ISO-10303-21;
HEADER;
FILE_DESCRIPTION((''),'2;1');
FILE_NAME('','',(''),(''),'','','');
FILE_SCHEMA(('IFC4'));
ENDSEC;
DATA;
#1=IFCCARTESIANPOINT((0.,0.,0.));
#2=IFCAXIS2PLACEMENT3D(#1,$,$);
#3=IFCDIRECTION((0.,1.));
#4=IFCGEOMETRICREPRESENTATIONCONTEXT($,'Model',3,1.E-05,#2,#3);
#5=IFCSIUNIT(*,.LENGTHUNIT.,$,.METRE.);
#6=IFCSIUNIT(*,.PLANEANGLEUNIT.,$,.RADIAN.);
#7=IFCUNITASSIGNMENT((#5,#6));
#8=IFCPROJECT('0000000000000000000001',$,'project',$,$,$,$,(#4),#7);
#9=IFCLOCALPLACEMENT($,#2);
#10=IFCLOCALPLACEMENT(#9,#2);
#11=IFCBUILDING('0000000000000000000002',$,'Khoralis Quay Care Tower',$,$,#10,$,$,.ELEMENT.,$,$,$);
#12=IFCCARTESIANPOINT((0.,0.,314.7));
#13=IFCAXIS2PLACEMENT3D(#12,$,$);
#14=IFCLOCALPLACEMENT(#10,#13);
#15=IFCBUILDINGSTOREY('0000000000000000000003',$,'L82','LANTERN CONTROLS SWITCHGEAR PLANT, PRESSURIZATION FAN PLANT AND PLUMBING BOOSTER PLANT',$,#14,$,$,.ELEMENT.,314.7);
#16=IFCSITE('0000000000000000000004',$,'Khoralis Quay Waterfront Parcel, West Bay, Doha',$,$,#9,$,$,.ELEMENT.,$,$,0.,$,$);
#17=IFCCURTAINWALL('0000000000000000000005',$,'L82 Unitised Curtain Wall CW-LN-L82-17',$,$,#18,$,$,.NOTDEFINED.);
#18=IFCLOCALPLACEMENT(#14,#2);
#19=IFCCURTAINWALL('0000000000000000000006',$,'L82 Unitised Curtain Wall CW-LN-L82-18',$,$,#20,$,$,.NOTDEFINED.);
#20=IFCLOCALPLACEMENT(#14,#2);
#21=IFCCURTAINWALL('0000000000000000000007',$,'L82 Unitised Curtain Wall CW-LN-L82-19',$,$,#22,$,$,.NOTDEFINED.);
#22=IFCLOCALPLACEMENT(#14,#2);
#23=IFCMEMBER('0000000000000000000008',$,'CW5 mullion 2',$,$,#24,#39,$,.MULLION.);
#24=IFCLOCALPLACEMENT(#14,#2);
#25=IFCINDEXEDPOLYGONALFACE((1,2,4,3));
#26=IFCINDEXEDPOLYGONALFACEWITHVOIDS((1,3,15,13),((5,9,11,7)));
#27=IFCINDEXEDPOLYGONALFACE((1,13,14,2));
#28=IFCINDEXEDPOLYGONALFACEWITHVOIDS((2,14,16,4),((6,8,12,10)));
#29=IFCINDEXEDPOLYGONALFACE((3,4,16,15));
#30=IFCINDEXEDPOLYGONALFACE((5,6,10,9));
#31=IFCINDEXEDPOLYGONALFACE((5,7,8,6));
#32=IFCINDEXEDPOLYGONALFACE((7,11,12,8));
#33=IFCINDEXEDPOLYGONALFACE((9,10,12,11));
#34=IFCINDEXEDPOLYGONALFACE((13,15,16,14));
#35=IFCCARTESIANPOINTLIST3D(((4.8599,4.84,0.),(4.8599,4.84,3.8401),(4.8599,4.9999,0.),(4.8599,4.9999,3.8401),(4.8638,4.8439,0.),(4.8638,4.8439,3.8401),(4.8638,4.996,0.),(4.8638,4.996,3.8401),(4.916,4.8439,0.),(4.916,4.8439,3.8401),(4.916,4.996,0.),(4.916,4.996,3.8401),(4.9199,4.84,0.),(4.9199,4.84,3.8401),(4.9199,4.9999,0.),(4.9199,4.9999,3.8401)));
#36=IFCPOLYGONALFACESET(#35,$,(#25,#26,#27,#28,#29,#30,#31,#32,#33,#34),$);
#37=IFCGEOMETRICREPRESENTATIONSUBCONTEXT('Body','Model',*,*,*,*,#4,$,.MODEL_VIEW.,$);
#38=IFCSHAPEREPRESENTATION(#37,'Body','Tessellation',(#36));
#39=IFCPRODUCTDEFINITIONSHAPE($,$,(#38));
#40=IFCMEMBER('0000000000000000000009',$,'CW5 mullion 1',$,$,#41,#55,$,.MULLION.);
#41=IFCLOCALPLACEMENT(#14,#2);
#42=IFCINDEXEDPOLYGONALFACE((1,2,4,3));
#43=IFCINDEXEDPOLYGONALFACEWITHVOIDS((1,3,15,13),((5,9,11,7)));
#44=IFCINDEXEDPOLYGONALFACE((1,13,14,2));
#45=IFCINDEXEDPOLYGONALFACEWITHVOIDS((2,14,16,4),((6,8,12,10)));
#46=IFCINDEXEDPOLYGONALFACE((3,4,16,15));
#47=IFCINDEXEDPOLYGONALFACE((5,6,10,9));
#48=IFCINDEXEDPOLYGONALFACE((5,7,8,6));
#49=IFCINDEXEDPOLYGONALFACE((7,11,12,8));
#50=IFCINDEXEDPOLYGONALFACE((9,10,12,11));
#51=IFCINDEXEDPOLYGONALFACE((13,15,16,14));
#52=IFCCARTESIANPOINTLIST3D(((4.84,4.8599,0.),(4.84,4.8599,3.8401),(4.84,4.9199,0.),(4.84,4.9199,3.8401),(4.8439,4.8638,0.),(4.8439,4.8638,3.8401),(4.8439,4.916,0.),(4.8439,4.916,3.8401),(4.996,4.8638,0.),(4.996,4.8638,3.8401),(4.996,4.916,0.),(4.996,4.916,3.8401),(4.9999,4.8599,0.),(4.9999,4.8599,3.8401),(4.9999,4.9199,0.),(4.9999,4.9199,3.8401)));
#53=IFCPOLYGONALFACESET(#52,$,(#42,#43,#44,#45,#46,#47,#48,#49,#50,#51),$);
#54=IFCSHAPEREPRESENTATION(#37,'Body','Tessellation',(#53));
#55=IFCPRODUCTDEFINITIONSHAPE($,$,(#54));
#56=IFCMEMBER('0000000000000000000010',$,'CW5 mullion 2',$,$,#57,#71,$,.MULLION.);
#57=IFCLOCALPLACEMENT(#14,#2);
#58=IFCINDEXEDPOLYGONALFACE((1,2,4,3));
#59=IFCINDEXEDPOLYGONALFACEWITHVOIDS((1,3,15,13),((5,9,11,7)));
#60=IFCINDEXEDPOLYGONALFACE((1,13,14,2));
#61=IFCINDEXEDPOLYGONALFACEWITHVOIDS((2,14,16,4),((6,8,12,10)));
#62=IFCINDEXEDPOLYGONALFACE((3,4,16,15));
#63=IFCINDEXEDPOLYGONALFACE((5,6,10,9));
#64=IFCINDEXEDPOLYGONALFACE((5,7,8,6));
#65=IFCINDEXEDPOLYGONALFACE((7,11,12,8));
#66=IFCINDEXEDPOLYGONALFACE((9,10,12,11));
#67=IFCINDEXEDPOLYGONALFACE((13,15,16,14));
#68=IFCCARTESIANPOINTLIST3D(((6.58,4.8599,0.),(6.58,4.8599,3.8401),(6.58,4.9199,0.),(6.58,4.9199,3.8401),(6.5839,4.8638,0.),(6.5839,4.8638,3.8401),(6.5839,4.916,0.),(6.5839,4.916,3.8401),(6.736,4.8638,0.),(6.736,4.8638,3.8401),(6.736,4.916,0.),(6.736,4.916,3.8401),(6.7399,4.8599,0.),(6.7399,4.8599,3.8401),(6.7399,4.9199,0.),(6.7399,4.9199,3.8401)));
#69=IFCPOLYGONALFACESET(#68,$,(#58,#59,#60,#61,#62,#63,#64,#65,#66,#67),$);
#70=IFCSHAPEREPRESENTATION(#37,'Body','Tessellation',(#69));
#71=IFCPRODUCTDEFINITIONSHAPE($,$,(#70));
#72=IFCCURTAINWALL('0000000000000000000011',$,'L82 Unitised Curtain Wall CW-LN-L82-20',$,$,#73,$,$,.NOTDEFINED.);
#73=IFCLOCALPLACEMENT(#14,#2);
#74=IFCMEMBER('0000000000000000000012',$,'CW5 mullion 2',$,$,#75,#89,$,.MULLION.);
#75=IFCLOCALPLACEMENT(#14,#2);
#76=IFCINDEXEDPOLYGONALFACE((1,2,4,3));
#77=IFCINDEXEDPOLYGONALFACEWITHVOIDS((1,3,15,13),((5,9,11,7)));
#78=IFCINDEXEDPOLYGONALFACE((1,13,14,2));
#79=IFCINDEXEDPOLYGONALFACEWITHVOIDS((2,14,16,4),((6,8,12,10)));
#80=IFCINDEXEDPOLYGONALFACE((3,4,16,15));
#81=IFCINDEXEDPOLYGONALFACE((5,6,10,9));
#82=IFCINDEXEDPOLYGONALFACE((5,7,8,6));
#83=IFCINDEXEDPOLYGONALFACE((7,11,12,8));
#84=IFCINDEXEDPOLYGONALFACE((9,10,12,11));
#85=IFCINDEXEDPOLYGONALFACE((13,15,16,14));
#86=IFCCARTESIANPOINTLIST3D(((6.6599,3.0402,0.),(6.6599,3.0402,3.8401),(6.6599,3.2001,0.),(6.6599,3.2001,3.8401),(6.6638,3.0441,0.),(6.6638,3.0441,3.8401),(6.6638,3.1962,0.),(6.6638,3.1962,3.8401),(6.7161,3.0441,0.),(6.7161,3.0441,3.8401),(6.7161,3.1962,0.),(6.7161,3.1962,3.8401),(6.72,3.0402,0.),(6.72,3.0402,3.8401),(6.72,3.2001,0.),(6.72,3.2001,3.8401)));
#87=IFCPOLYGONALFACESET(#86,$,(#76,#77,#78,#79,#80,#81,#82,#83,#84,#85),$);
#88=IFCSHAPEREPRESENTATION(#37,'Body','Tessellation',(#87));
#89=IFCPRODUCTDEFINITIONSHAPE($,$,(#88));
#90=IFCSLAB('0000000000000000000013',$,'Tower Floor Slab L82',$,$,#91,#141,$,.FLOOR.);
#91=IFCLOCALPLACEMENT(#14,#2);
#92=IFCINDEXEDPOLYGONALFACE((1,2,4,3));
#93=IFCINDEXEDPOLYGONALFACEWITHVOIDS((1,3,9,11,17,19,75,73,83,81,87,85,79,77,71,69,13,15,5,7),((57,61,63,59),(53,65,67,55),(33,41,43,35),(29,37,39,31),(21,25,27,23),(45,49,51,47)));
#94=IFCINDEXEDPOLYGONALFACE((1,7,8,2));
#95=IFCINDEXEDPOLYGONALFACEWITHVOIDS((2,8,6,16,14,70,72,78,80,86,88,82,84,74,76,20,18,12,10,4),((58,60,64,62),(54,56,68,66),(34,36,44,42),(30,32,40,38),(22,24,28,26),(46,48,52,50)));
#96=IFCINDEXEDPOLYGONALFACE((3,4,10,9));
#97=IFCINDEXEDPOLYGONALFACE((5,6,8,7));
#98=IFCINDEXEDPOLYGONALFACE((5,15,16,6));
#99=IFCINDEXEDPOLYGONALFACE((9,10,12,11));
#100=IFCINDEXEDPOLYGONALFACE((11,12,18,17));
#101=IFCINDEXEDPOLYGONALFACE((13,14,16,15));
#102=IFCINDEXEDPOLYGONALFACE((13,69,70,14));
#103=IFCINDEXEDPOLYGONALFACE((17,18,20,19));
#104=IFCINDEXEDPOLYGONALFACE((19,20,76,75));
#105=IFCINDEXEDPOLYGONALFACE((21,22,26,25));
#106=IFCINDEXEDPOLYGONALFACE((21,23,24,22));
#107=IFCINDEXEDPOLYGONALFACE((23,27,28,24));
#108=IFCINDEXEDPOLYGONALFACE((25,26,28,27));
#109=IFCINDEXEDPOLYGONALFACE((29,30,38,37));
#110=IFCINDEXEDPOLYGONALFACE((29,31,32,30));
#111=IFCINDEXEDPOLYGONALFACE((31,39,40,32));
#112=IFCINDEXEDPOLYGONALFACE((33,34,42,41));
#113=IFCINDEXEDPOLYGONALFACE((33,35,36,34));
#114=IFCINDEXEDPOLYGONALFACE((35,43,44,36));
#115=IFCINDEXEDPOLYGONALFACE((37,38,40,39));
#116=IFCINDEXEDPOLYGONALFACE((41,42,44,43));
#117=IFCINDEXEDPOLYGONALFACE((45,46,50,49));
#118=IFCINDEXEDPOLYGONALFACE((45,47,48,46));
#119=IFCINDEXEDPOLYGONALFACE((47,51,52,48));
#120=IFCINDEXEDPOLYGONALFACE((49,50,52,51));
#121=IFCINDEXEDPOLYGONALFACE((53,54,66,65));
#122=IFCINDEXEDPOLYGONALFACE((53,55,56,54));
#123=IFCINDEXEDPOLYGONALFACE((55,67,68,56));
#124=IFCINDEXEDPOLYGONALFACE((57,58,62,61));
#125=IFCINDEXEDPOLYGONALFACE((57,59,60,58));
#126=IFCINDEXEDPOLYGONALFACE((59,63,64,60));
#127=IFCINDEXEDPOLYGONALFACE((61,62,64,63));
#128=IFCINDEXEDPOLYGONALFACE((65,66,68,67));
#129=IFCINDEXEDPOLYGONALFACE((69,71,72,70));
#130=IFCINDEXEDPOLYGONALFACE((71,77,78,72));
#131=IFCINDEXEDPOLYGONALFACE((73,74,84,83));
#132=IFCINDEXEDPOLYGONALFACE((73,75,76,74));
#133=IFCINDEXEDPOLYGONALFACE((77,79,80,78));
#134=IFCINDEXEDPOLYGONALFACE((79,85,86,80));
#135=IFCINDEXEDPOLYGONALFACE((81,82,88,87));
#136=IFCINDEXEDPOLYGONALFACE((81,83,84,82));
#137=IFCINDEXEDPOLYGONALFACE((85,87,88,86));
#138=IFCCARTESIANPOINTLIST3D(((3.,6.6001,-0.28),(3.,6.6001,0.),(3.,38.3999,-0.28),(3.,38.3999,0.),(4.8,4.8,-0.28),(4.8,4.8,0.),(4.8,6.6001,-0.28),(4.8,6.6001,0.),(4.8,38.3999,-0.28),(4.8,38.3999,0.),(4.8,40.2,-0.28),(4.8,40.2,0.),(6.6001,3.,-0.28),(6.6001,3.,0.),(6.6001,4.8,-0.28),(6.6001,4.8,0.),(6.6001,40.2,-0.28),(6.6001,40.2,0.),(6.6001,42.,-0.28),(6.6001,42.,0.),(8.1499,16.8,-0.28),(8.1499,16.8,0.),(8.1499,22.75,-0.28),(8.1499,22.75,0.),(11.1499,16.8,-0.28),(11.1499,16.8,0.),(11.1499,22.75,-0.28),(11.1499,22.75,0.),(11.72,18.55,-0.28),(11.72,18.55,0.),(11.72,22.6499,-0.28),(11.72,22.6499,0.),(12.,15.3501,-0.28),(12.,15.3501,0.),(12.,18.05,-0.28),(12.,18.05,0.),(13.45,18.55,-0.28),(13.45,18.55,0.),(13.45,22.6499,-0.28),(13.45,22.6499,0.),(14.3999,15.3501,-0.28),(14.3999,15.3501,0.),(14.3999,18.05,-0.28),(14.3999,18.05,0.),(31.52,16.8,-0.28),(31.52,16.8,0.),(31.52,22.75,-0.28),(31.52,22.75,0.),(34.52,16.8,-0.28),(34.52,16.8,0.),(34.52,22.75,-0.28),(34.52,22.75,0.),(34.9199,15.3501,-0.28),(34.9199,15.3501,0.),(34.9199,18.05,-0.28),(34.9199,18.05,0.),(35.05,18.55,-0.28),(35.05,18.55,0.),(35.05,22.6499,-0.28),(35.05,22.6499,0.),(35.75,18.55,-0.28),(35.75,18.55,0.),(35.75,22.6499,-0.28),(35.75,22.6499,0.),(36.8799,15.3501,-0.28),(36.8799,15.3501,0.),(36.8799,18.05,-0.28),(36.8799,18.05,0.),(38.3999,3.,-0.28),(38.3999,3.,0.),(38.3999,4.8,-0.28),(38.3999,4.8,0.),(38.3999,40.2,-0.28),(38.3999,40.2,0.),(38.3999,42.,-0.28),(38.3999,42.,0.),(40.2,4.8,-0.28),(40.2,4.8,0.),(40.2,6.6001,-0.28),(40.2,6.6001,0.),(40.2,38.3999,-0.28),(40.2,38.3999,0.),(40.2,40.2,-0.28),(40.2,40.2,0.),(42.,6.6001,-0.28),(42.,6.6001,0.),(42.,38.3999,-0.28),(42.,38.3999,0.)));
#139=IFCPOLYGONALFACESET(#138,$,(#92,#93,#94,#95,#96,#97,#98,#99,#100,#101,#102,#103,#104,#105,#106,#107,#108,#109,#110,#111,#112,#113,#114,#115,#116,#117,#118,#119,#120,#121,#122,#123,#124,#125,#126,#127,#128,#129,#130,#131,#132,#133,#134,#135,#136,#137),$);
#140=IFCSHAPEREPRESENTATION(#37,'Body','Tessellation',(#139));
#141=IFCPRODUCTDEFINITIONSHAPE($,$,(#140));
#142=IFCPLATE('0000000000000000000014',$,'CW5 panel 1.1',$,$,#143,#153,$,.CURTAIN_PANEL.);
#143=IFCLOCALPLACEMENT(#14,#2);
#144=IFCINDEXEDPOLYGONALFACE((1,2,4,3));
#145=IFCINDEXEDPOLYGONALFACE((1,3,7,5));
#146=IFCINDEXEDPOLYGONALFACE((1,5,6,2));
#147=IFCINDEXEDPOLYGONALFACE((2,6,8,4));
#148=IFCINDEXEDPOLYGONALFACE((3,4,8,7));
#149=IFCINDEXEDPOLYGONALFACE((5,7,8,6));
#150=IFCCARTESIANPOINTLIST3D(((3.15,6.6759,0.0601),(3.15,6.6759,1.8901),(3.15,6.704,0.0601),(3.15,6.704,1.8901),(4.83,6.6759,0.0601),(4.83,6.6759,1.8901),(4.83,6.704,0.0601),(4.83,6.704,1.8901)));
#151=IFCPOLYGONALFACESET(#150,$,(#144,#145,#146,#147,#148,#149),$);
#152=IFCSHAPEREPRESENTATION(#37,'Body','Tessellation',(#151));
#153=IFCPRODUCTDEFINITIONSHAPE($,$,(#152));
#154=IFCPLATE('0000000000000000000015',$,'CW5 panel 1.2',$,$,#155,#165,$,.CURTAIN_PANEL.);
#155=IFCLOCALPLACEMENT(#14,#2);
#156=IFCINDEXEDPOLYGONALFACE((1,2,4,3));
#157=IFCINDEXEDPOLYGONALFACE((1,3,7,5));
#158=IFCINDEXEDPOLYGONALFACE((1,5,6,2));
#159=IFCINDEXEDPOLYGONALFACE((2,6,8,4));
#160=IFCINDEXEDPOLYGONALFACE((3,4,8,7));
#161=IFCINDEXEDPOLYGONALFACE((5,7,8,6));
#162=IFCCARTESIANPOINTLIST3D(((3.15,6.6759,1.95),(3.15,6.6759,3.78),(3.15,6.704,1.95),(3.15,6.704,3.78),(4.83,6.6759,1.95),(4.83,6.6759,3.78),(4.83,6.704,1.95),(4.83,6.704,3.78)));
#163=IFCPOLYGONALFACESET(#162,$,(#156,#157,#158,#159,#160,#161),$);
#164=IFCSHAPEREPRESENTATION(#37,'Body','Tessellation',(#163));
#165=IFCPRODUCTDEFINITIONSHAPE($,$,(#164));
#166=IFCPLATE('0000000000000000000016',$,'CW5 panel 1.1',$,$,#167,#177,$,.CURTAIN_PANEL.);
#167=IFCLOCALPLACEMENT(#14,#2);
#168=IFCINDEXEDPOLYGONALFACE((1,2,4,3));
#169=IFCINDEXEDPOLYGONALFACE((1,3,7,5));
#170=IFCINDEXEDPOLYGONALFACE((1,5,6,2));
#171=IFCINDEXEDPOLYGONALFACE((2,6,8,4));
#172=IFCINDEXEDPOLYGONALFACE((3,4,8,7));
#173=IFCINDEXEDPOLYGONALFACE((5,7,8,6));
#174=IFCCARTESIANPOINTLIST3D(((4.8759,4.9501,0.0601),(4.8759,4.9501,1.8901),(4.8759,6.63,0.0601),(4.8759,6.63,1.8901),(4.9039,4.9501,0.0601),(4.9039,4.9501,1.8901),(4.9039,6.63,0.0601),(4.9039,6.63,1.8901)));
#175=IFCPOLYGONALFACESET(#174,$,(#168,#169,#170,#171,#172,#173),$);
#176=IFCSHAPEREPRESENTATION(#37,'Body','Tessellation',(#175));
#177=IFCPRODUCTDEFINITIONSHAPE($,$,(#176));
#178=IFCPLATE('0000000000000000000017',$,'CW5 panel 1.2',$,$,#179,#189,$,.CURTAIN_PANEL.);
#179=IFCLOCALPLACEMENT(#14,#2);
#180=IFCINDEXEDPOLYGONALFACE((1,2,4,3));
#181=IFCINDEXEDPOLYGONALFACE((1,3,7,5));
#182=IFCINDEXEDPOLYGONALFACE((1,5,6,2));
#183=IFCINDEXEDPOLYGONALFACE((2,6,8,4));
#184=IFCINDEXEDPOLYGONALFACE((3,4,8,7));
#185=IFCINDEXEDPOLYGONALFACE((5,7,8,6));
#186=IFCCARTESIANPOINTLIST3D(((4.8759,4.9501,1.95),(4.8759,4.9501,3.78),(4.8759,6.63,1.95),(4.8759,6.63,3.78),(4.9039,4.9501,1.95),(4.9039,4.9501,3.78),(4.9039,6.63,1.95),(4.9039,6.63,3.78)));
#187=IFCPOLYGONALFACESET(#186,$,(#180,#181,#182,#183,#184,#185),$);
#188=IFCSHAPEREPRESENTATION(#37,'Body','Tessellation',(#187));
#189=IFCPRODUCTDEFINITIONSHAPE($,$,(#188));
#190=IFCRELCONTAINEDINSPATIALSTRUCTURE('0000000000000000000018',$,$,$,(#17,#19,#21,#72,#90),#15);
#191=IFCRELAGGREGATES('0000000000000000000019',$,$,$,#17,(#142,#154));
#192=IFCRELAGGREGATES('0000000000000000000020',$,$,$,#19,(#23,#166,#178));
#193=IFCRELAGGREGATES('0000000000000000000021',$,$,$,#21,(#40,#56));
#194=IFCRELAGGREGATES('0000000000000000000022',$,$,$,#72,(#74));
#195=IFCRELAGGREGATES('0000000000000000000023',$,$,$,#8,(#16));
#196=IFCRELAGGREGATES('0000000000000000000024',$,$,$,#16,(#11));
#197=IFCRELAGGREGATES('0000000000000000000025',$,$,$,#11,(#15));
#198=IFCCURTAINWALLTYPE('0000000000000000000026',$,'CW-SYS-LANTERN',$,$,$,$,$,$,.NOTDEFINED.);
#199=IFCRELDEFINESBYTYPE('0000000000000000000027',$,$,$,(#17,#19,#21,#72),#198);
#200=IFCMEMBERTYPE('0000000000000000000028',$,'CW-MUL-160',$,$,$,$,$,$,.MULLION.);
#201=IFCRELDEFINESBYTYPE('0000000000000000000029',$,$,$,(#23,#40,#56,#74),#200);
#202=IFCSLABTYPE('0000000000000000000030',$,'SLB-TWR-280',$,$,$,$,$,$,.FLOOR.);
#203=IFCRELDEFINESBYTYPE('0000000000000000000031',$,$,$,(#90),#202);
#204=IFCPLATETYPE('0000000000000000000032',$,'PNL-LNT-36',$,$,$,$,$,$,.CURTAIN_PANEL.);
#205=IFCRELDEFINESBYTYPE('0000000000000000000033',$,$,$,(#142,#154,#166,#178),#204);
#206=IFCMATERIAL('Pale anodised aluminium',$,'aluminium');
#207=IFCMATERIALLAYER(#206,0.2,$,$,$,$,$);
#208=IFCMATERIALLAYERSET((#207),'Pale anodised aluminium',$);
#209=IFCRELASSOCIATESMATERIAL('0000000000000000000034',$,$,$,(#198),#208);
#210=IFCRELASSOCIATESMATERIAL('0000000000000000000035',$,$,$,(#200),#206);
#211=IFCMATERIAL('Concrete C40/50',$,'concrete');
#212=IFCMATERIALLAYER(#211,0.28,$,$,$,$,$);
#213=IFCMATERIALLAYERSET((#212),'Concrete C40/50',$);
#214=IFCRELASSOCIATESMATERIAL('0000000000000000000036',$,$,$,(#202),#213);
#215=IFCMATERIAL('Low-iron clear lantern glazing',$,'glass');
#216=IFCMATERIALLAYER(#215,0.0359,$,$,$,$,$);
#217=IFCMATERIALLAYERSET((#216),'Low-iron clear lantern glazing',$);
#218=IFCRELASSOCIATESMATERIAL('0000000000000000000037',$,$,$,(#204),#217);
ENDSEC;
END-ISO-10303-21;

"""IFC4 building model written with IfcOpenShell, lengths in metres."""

from ifc_helpers import new_model, si_unit, direction, frame, origin, origin_2d, place, context, subcontext, project, spatial, polyline, rectangle, hollow_rectangle, outline, extrude, source, transform, mapped, material, layer, layer_set, material_profile, profile_set, type_object, element, aggregate, save


model = new_model("IFC4")

# Units and contexts
model_context = context("Model", 3, precision=1e-05, world=origin(), true_north=direction((0.0, 1.0)))
body_context = subcontext(model_context, "Body", "Model", "MODEL_VIEW")
ifc_project = project(units=[si_unit("LENGTHUNIT", "METRE"), si_unit("PLANEANGLEUNIT", "RADIAN")], contexts=[model_context])

# Site, building, storey
site_placement = place(None, origin())
site = spatial("IfcSite", under=ifc_project, at=site_placement, Name="Khoralis Quay Waterfront Parcel, West Bay, Doha", CompositionType="ELEMENT", RefElevation=0.0)
building_placement = place(site_placement, origin())
building = spatial("IfcBuilding", under=site, at=building_placement, Name="Khoralis Quay Care Tower", CompositionType="ELEMENT")
storey_placement = place(building_placement, frame((0.0, 0.0, 314.7)))
storey = spatial("IfcBuildingStorey", under=building, at=storey_placement, Name="L82", Description="LANTERN CONTROLS SWITCHGEAR PLANT, PRESSURIZATION FAN PLANT AND PLUMBING BOOSTER PLANT", CompositionType="ELEMENT", Elevation=314.7)

# Curtain walls
ifc_material_1 = material(Name="Pale anodised aluminium", Category="aluminium")
ifc_layer_1 = layer(ifc_material_1, 0.2)
ifc_layer_set_1 = layer_set([ifc_layer_1], Name="Pale anodised aluminium")
curtain_wall_type = type_object("IfcCurtainWallType", Name="CW-SYS-LANTERN", PredefinedType="NOTDEFINED", material=ifc_layer_set_1)
curtain_wall_1_placement = place(storey_placement, origin())
curtain_wall_1 = element("IfcCurtainWall", 1, at=curtain_wall_1_placement, inside=storey, type_object=curtain_wall_type, Name="L82 Unitised Curtain Wall CW-LN-L82-17", PredefinedType="NOTDEFINED")
curtain_wall_2_placement = place(storey_placement, origin())
curtain_wall_2 = element("IfcCurtainWall", 2, at=curtain_wall_2_placement, inside=storey, type_object=curtain_wall_type, Name="L82 Unitised Curtain Wall CW-LN-L82-18", PredefinedType="NOTDEFINED")
curtain_wall_3_placement = place(storey_placement, origin())
curtain_wall_3 = element("IfcCurtainWall", 3, at=curtain_wall_3_placement, inside=storey, type_object=curtain_wall_type, Name="L82 Unitised Curtain Wall CW-LN-L82-19", PredefinedType="NOTDEFINED")

# Members
ifc_material_profile_1 = material_profile(ifc_material_1, hollow_rectangle(XDim=0.0601, YDim=0.1599, WallThickness=0.0039, at=origin_2d()), Name="Pale anodised aluminium")
ifc_profile_set_1 = profile_set([ifc_material_profile_1], Name="Pale anodised aluminium")
member_type_1 = type_object("IfcMemberType", Name="CW-MUL-160", PredefinedType="MULLION", material=ifc_profile_set_1)
shared_shape_1 = source(origin(), body_context, "Body", "SweptSolid", [
    extrude(hollow_rectangle(XDim=0.0601, YDim=0.1599, WallThickness=0.0039, at=origin_2d()), origin(), (0.0, 0.0, 1.0), 3.8401),
])
member_1_placement = place(storey_placement, frame((4.8899, 4.9199, 0.0), z_axis=(0.0, 0.0, 1.0), x_axis=(1.0, 0.0, 0.0)))
member_1 = element("IfcMember", 4, at=member_1_placement, type_object=member_type_1, Name="CW5 mullion 2", PredefinedType="MULLION", context=body_context, shape_type="MappedRepresentation", body=[
    mapped(shared_shape_1, transform((0.0, 0.0, 0.0), scale=1.0)),
])
member_2_placement = place(storey_placement, frame((4.9199, 4.8899, 0.0), z_axis=(0.0, 0.0, 1.0), x_axis=(0.0, 1.0, 0.0)))
member_2 = element("IfcMember", 5, at=member_2_placement, type_object=member_type_1, Name="CW5 mullion 1", PredefinedType="MULLION", context=body_context, shape_type="MappedRepresentation", body=[
    mapped(shared_shape_1, transform((0.0, 0.0, 0.0), scale=1.0)),
])
member_3_placement = place(storey_placement, frame((6.6599, 4.8899, 0.0), z_axis=(0.0, 0.0, 1.0), x_axis=(0.0, 1.0, 0.0)))
member_3 = element("IfcMember", 6, at=member_3_placement, type_object=member_type_1, Name="CW5 mullion 2", PredefinedType="MULLION", context=body_context, shape_type="MappedRepresentation", body=[
    mapped(shared_shape_1, transform((0.0, 0.0, 0.0), scale=1.0)),
])

# Curtain wall, member
curtain_wall_4_placement = place(storey_placement, origin())
curtain_wall_4 = element("IfcCurtainWall", 7, at=curtain_wall_4_placement, inside=storey, type_object=curtain_wall_type, Name="L82 Unitised Curtain Wall CW-LN-L82-20", PredefinedType="NOTDEFINED")
member_4_placement = place(storey_placement, frame((6.6899, 3.1201, 0.0), z_axis=(0.0, 0.0, 1.0), x_axis=(1.0, 0.0, 0.0)))
member_4 = element("IfcMember", 8, at=member_4_placement, type_object=member_type_1, Name="CW5 mullion 2", PredefinedType="MULLION", context=body_context, shape_type="MappedRepresentation", body=[
    mapped(shared_shape_1, transform((0.0, 0.0, 0.0), scale=1.0)),
])

# Slab
ifc_material_2 = material(Name="Concrete C40/50", Category="concrete")
ifc_layer_2 = layer(ifc_material_2, 0.28)
ifc_layer_set_2 = layer_set([ifc_layer_2], Name="Concrete C40/50")
slab_type = type_object("IfcSlabType", Name="SLB-TWR-280", PredefinedType="FLOOR", material=ifc_layer_set_2)
slab_placement = place(storey_placement, frame((0.0, 0.0, -0.28)))
element("IfcSlab", 9, at=slab_placement, inside=storey, type_object=slab_type, Name="Tower Floor Slab L82", PredefinedType="FLOOR", context=body_context, shape_type="SweptSolid", body=[
    extrude(outline(polyline([(6.6001, 3.0), (38.3999, 3.0), (38.3999, 4.8), (40.2, 4.8), (40.2, 6.6001), (42.0, 6.6001), (42.0, 38.3999), (40.2, 38.3999), (40.2, 40.2), (38.3999, 40.2), (38.3999, 42.0), (6.6001, 42.0), (6.6001, 40.2), (4.8, 40.2), (4.8, 38.3999), (3.0, 38.3999), (3.0, 6.6001), (4.8, 6.6001), (4.8, 4.8), (6.6001, 4.8), (6.6001, 3.0)]), holes=[polyline([(11.1499, 16.8), (11.1499, 22.75), (8.1499, 22.75), (8.1499, 16.8), (11.1499, 16.8)]), polyline([(34.52, 16.8), (34.52, 22.75), (31.52, 22.75), (31.52, 16.8), (34.52, 16.8)]), polyline([(12.0, 15.3501), (14.3999, 15.3501), (14.3999, 18.05), (12.0, 18.05), (12.0, 15.3501)]), polyline([(34.9199, 15.3501), (36.8799, 15.3501), (36.8799, 18.05), (34.9199, 18.05), (34.9199, 15.3501)]), polyline([(11.72, 18.55), (13.45, 18.55), (13.45, 22.6499), (11.72, 22.6499), (11.72, 18.55)]), polyline([(35.05, 18.55), (35.75, 18.55), (35.75, 22.6499), (35.05, 22.6499), (35.05, 18.55)])]), origin(), (0.0, 0.0, 1.0), 0.28),
])

# Plates
ifc_material_3 = material(Name="Low-iron clear lantern glazing", Category="glass")
ifc_layer_3 = layer(ifc_material_3, 0.0359)
ifc_layer_set_3 = layer_set([ifc_layer_3], Name="Low-iron clear lantern glazing")
plate_type = type_object("IfcPlateType", Name="PNL-LNT-36", PredefinedType="CURTAIN_PANEL", material=ifc_layer_set_3)
shared_shape_2 = source(origin(), body_context, "Body", "SweptSolid", [
    extrude(rectangle(XDim=1.6799, YDim=0.0281, at=origin_2d()), origin(), (0.0, 0.0, 1.0), 1.8301),
])
plate_1_placement = place(storey_placement, frame((3.99, 6.6899, 0.0601), z_axis=(0.0, 0.0, 1.0), x_axis=(1.0, 0.0, 0.0)))
plate_1 = element("IfcPlate", 10, at=plate_1_placement, type_object=plate_type, Name="CW5 panel 1.1", PredefinedType="CURTAIN_PANEL", context=body_context, shape_type="MappedRepresentation", body=[
    mapped(shared_shape_2, transform((0.0, 0.0, 0.0), scale=1.0)),
])
plate_2_placement = place(storey_placement, frame((3.99, 6.6899, 1.95), z_axis=(0.0, 0.0, 1.0), x_axis=(1.0, 0.0, 0.0)))
plate_2 = element("IfcPlate", 11, at=plate_2_placement, type_object=plate_type, Name="CW5 panel 1.2", PredefinedType="CURTAIN_PANEL", context=body_context, shape_type="MappedRepresentation", body=[
    mapped(shared_shape_2, transform((0.0, 0.0, 0.0), scale=1.0)),
])
aggregate(curtain_wall_1, [plate_1, plate_2])
plate_3_placement = place(storey_placement, frame((4.8899, 5.79, 0.0601), z_axis=(0.0, 0.0, 1.0), x_axis=(0.0, -1.0, 0.0)))
plate_3 = element("IfcPlate", 12, at=plate_3_placement, type_object=plate_type, Name="CW5 panel 1.1", PredefinedType="CURTAIN_PANEL", context=body_context, shape_type="MappedRepresentation", body=[
    mapped(shared_shape_2, transform((0.0, 0.0, 0.0), scale=1.0)),
])
plate_4_placement = place(storey_placement, frame((4.8899, 5.79, 1.95), z_axis=(0.0, 0.0, 1.0), x_axis=(0.0, -1.0, 0.0)))
plate_4 = element("IfcPlate", 13, at=plate_4_placement, type_object=plate_type, Name="CW5 panel 1.2", PredefinedType="CURTAIN_PANEL", context=body_context, shape_type="MappedRepresentation", body=[
    mapped(shared_shape_2, transform((0.0, 0.0, 0.0), scale=1.0)),
])
aggregate(curtain_wall_2, [member_1, plate_3, plate_4])
aggregate(curtain_wall_3, [member_2, member_3])
aggregate(curtain_wall_4, [member_4])

save(model, "model.ifc")
